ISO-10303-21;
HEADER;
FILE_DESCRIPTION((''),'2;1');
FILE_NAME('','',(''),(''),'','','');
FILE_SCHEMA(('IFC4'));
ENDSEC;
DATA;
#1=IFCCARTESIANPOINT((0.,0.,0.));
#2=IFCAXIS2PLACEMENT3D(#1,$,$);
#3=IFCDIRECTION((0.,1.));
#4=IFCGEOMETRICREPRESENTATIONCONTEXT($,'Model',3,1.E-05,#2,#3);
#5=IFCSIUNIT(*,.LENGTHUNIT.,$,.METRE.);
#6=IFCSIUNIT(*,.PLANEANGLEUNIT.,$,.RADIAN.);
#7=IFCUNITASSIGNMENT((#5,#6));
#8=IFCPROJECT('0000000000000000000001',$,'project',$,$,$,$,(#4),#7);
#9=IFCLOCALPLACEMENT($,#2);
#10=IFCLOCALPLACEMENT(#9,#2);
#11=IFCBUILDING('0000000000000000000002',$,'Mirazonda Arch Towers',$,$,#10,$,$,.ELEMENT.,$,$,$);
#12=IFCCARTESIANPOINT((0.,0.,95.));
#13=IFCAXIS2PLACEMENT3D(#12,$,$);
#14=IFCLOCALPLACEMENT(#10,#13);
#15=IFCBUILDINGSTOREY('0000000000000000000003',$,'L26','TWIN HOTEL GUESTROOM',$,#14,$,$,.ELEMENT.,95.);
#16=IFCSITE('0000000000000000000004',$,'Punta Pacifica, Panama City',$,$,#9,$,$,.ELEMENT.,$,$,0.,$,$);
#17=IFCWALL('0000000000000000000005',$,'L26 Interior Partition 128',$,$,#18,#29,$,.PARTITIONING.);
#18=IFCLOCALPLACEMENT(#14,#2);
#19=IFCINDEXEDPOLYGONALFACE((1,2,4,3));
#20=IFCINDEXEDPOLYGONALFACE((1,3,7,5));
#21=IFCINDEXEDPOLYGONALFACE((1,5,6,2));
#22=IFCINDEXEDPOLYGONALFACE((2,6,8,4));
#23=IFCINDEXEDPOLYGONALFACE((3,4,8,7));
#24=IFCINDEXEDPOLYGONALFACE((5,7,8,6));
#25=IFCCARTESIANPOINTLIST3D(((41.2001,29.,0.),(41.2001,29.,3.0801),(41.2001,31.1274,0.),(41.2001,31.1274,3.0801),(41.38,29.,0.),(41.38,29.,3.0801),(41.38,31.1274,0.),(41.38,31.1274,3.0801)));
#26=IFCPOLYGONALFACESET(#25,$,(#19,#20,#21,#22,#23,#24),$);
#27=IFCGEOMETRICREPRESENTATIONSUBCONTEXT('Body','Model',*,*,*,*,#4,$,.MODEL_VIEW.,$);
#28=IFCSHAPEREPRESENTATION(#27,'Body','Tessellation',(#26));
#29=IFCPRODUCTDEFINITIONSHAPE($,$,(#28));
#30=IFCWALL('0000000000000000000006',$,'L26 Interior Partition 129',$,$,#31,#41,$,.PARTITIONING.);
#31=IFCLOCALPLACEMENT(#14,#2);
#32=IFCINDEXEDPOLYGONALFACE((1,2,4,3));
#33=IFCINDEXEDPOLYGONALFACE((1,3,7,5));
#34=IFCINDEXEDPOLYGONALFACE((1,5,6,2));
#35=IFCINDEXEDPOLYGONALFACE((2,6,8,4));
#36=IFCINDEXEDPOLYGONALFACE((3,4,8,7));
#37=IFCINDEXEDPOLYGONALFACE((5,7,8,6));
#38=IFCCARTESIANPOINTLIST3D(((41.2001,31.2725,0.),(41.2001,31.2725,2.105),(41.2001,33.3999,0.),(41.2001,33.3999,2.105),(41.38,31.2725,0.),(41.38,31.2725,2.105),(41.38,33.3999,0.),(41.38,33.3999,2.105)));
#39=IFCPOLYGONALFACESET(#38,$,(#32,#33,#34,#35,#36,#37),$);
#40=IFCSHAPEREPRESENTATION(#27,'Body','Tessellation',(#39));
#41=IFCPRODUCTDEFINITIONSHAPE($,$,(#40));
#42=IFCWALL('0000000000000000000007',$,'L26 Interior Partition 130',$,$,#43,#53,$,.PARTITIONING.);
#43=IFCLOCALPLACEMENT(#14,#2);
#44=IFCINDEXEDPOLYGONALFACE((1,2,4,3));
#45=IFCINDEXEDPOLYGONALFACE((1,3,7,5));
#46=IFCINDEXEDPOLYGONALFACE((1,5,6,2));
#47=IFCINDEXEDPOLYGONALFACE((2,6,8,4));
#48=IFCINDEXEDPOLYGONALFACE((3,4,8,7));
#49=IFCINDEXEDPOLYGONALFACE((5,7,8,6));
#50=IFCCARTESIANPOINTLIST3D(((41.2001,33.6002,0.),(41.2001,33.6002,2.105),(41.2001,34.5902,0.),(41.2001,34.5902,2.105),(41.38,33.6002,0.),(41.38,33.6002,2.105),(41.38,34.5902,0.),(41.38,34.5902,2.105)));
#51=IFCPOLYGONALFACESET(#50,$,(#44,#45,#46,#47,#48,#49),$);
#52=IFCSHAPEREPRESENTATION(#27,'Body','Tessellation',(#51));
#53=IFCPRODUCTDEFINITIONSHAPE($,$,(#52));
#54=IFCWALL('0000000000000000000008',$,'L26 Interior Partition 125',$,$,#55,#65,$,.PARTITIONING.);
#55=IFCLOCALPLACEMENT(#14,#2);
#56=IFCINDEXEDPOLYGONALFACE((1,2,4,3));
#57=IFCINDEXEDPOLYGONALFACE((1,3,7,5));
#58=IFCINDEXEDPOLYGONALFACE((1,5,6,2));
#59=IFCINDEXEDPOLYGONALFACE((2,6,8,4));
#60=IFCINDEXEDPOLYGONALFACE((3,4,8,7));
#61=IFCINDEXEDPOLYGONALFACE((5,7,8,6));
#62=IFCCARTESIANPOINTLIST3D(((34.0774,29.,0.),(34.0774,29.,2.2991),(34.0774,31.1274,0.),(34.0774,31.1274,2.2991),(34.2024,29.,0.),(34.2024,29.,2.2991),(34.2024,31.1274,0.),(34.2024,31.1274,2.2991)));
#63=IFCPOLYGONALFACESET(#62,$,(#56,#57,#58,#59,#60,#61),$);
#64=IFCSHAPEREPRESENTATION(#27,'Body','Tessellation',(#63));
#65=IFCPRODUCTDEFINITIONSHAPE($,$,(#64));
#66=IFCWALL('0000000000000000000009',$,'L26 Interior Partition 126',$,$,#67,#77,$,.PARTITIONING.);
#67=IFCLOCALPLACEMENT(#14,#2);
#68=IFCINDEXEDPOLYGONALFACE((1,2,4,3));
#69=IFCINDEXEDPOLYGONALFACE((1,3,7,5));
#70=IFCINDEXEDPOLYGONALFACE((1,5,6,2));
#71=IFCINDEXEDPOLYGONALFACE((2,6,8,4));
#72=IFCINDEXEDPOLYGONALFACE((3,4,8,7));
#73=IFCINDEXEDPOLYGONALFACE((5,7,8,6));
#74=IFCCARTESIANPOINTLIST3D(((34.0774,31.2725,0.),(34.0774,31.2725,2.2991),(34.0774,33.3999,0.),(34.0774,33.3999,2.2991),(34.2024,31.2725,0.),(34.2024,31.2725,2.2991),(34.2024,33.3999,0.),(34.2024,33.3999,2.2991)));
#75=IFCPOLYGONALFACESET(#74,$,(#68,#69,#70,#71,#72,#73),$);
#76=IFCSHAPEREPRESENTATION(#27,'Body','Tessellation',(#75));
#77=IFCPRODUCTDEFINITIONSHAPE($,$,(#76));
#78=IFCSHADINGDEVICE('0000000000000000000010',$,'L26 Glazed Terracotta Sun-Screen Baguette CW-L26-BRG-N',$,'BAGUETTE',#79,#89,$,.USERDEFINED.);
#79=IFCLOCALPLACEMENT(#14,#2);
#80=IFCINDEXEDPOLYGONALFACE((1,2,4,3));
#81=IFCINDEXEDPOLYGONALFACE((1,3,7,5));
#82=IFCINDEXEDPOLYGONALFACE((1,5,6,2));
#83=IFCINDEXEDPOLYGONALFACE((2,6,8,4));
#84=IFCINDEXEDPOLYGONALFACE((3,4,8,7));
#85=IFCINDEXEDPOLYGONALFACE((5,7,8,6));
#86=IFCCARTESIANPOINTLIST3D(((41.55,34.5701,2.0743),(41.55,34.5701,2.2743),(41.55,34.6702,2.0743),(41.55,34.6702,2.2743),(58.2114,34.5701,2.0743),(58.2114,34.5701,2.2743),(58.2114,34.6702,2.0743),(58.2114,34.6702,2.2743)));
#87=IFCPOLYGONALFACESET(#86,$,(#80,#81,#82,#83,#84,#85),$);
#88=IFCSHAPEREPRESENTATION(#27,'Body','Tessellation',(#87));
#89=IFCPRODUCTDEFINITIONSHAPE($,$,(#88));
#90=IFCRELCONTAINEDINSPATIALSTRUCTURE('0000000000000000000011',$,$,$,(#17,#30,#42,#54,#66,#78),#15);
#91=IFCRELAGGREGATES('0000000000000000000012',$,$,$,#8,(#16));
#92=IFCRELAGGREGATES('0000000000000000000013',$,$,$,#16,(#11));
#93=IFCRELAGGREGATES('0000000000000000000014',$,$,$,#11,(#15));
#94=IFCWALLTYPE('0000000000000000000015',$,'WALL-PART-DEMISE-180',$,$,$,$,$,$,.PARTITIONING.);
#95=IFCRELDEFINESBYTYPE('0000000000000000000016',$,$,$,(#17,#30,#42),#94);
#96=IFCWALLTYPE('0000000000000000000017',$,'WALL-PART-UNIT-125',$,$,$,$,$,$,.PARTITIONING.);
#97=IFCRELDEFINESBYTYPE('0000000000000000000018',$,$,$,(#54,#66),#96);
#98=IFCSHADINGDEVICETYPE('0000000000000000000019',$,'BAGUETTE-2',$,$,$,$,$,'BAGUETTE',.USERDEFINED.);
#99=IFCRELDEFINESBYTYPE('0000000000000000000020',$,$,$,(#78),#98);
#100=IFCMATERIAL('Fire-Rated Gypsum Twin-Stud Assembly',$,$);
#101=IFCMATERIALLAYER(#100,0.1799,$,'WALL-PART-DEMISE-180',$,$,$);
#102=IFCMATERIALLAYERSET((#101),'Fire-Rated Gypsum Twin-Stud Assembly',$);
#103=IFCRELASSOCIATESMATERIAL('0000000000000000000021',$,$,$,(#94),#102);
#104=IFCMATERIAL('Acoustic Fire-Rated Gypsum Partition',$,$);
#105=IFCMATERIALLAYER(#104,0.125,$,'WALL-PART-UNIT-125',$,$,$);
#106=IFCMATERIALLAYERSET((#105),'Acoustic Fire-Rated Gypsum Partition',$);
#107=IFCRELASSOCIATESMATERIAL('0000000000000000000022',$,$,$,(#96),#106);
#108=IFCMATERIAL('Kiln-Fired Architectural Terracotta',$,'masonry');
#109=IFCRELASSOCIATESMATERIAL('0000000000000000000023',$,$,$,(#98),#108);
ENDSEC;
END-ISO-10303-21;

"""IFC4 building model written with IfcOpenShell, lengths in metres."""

from ifc_helpers import new_model, si_unit, direction, frame, frame_2d, origin, origin_2d, place, context, subcontext, project, spatial, rectangle, extrude, material, layer, layer_set, material_profile, profile_set, type_object, element, save


model = new_model("IFC4")

# Units and contexts
model_context = context("Model", 3, precision=1e-05, world=origin(), true_north=direction((0.0, 1.0)))
body_context = subcontext(model_context, "Body", "Model", "MODEL_VIEW")
ifc_project = project(units=[si_unit("LENGTHUNIT", "METRE"), si_unit("PLANEANGLEUNIT", "RADIAN")], contexts=[model_context])

# Site, building, storey
site_placement = place(None, origin())
site = spatial("IfcSite", under=ifc_project, at=site_placement, Name="Punta Pacifica, Panama City", CompositionType="ELEMENT", RefElevation=0.0)
building_placement = place(site_placement, origin())
building = spatial("IfcBuilding", under=site, at=building_placement, Name="Mirazonda Arch Towers", CompositionType="ELEMENT")
storey_placement = place(building_placement, frame((0.0, 0.0, 95.0)))
storey = spatial("IfcBuildingStorey", under=building, at=storey_placement, Name="L26", Description="TWIN HOTEL GUESTROOM", CompositionType="ELEMENT", Elevation=95.0)

# Walls
ifc_material_1 = material(Name="Fire-Rated Gypsum Twin-Stud Assembly")
ifc_layer_1 = layer(ifc_material_1, 0.1799, Name="WALL-PART-DEMISE-180")
ifc_layer_set_1 = layer_set([ifc_layer_1], Name="Fire-Rated Gypsum Twin-Stud Assembly")
wall_type_1 = type_object("IfcWallType", Name="WALL-PART-DEMISE-180", PredefinedType="PARTITIONING", material=ifc_layer_set_1)
wall_1_placement = place(storey_placement, frame((41.29, 29.0, 0.0), z_axis=(0.0, 0.0, 1.0), x_axis=(0.0, 1.0, 0.0)))
element("IfcWall", 1, at=wall_1_placement, inside=storey, type_object=wall_type_1, Name="L26 Interior Partition 128", PredefinedType="PARTITIONING", context=body_context, shape_type="SweptSolid", body=[
    extrude(rectangle(XDim=2.1274, YDim=0.1799, at=frame_2d((1.0637, 0.0))), origin(), (0.0, 0.0, 1.0), 3.0801),
])
wall_2_placement = place(storey_placement, frame((41.29, 31.2725, 0.0), z_axis=(0.0, 0.0, 1.0), x_axis=(0.0, 1.0, 0.0)))
element("IfcWall", 2, at=wall_2_placement, inside=storey, type_object=wall_type_1, Name="L26 Interior Partition 129", PredefinedType="PARTITIONING", context=body_context, shape_type="SweptSolid", body=[
    extrude(rectangle(XDim=2.1274, YDim=0.1799, at=frame_2d((1.0637, 0.0))), origin(), (0.0, 0.0, 1.0), 2.105),
])
wall_3_placement = place(storey_placement, frame((41.29, 33.6001, 0.0), z_axis=(0.0, 0.0, 1.0), x_axis=(0.0, 1.0, 0.0)))
element("IfcWall", 3, at=wall_3_placement, inside=storey, type_object=wall_type_1, Name="L26 Interior Partition 130", PredefinedType="PARTITIONING", context=body_context, shape_type="SweptSolid", body=[
    extrude(rectangle(XDim=0.99, YDim=0.1799, at=frame_2d((0.4951, 0.0))), origin(), (0.0, 0.0, 1.0), 2.105),
])
ifc_material_2 = material(Name="Acoustic Fire-Rated Gypsum Partition")
ifc_layer_2 = layer(ifc_material_2, 0.125, Name="WALL-PART-UNIT-125")
ifc_layer_set_2 = layer_set([ifc_layer_2], Name="Acoustic Fire-Rated Gypsum Partition")
wall_type_2 = type_object("IfcWallType", Name="WALL-PART-UNIT-125", PredefinedType="PARTITIONING", material=ifc_layer_set_2)
for number, where, z_axis, x_axis, name in (
    (4, (34.1399, 29.0, 0.0), (0.0, 0.0, 1.0), (0.0, 1.0, 0.0), "L26 Interior Partition 125"),
    (5, (34.1399, 31.2725, 0.0), (0.0, 0.0, 1.0), (0.0, 1.0, 0.0), "L26 Interior Partition 126"),
):
    element("IfcWall", number, at=place(storey_placement, frame(where, z_axis=z_axis, x_axis=x_axis)), inside=storey, type_object=wall_type_2, Name=name, PredefinedType="PARTITIONING", context=body_context, shape_type="SweptSolid", body=[
        extrude(rectangle(XDim=2.1274, YDim=0.125, at=frame_2d((1.0637, 0.0))), origin(), (0.0, 0.0, 1.0), 2.2991),
    ])

# Shading device
ifc_material_3 = material(Name="Kiln-Fired Architectural Terracotta", Category="masonry")
ifc_material_profile_1 = material_profile(ifc_material_3, rectangle(XDim=0.1001, YDim=0.2, at=origin_2d()), Name="TERRA-BAG-100x200")
ifc_profile_set_1 = profile_set([ifc_material_profile_1], Name="Kiln-Fired Architectural Terracotta")
shading_device_type = type_object("IfcShadingDeviceType", Name="BAGUETTE-2", ElementType="BAGUETTE", PredefinedType="USERDEFINED", material=ifc_profile_set_1)
shading_device_placement = place(storey_placement, frame((41.55, 34.6201, 2.1743), z_axis=(1.0, 0.0, 0.0), x_axis=(0.0, 1.0, 0.0)))
element("IfcShadingDevice", 6, at=shading_device_placement, inside=storey, type_object=shading_device_type, Name="L26 Glazed Terracotta Sun-Screen Baguette CW-L26-BRG-N", ObjectType="BAGUETTE", PredefinedType="USERDEFINED", context=body_context, shape_type="SweptSolid", body=[
    extrude(rectangle(XDim=0.1001, YDim=0.2, at=origin_2d()), origin(), (0.0, 0.0, 1.0), 16.6614),
])

save(model, "model.ifc")
